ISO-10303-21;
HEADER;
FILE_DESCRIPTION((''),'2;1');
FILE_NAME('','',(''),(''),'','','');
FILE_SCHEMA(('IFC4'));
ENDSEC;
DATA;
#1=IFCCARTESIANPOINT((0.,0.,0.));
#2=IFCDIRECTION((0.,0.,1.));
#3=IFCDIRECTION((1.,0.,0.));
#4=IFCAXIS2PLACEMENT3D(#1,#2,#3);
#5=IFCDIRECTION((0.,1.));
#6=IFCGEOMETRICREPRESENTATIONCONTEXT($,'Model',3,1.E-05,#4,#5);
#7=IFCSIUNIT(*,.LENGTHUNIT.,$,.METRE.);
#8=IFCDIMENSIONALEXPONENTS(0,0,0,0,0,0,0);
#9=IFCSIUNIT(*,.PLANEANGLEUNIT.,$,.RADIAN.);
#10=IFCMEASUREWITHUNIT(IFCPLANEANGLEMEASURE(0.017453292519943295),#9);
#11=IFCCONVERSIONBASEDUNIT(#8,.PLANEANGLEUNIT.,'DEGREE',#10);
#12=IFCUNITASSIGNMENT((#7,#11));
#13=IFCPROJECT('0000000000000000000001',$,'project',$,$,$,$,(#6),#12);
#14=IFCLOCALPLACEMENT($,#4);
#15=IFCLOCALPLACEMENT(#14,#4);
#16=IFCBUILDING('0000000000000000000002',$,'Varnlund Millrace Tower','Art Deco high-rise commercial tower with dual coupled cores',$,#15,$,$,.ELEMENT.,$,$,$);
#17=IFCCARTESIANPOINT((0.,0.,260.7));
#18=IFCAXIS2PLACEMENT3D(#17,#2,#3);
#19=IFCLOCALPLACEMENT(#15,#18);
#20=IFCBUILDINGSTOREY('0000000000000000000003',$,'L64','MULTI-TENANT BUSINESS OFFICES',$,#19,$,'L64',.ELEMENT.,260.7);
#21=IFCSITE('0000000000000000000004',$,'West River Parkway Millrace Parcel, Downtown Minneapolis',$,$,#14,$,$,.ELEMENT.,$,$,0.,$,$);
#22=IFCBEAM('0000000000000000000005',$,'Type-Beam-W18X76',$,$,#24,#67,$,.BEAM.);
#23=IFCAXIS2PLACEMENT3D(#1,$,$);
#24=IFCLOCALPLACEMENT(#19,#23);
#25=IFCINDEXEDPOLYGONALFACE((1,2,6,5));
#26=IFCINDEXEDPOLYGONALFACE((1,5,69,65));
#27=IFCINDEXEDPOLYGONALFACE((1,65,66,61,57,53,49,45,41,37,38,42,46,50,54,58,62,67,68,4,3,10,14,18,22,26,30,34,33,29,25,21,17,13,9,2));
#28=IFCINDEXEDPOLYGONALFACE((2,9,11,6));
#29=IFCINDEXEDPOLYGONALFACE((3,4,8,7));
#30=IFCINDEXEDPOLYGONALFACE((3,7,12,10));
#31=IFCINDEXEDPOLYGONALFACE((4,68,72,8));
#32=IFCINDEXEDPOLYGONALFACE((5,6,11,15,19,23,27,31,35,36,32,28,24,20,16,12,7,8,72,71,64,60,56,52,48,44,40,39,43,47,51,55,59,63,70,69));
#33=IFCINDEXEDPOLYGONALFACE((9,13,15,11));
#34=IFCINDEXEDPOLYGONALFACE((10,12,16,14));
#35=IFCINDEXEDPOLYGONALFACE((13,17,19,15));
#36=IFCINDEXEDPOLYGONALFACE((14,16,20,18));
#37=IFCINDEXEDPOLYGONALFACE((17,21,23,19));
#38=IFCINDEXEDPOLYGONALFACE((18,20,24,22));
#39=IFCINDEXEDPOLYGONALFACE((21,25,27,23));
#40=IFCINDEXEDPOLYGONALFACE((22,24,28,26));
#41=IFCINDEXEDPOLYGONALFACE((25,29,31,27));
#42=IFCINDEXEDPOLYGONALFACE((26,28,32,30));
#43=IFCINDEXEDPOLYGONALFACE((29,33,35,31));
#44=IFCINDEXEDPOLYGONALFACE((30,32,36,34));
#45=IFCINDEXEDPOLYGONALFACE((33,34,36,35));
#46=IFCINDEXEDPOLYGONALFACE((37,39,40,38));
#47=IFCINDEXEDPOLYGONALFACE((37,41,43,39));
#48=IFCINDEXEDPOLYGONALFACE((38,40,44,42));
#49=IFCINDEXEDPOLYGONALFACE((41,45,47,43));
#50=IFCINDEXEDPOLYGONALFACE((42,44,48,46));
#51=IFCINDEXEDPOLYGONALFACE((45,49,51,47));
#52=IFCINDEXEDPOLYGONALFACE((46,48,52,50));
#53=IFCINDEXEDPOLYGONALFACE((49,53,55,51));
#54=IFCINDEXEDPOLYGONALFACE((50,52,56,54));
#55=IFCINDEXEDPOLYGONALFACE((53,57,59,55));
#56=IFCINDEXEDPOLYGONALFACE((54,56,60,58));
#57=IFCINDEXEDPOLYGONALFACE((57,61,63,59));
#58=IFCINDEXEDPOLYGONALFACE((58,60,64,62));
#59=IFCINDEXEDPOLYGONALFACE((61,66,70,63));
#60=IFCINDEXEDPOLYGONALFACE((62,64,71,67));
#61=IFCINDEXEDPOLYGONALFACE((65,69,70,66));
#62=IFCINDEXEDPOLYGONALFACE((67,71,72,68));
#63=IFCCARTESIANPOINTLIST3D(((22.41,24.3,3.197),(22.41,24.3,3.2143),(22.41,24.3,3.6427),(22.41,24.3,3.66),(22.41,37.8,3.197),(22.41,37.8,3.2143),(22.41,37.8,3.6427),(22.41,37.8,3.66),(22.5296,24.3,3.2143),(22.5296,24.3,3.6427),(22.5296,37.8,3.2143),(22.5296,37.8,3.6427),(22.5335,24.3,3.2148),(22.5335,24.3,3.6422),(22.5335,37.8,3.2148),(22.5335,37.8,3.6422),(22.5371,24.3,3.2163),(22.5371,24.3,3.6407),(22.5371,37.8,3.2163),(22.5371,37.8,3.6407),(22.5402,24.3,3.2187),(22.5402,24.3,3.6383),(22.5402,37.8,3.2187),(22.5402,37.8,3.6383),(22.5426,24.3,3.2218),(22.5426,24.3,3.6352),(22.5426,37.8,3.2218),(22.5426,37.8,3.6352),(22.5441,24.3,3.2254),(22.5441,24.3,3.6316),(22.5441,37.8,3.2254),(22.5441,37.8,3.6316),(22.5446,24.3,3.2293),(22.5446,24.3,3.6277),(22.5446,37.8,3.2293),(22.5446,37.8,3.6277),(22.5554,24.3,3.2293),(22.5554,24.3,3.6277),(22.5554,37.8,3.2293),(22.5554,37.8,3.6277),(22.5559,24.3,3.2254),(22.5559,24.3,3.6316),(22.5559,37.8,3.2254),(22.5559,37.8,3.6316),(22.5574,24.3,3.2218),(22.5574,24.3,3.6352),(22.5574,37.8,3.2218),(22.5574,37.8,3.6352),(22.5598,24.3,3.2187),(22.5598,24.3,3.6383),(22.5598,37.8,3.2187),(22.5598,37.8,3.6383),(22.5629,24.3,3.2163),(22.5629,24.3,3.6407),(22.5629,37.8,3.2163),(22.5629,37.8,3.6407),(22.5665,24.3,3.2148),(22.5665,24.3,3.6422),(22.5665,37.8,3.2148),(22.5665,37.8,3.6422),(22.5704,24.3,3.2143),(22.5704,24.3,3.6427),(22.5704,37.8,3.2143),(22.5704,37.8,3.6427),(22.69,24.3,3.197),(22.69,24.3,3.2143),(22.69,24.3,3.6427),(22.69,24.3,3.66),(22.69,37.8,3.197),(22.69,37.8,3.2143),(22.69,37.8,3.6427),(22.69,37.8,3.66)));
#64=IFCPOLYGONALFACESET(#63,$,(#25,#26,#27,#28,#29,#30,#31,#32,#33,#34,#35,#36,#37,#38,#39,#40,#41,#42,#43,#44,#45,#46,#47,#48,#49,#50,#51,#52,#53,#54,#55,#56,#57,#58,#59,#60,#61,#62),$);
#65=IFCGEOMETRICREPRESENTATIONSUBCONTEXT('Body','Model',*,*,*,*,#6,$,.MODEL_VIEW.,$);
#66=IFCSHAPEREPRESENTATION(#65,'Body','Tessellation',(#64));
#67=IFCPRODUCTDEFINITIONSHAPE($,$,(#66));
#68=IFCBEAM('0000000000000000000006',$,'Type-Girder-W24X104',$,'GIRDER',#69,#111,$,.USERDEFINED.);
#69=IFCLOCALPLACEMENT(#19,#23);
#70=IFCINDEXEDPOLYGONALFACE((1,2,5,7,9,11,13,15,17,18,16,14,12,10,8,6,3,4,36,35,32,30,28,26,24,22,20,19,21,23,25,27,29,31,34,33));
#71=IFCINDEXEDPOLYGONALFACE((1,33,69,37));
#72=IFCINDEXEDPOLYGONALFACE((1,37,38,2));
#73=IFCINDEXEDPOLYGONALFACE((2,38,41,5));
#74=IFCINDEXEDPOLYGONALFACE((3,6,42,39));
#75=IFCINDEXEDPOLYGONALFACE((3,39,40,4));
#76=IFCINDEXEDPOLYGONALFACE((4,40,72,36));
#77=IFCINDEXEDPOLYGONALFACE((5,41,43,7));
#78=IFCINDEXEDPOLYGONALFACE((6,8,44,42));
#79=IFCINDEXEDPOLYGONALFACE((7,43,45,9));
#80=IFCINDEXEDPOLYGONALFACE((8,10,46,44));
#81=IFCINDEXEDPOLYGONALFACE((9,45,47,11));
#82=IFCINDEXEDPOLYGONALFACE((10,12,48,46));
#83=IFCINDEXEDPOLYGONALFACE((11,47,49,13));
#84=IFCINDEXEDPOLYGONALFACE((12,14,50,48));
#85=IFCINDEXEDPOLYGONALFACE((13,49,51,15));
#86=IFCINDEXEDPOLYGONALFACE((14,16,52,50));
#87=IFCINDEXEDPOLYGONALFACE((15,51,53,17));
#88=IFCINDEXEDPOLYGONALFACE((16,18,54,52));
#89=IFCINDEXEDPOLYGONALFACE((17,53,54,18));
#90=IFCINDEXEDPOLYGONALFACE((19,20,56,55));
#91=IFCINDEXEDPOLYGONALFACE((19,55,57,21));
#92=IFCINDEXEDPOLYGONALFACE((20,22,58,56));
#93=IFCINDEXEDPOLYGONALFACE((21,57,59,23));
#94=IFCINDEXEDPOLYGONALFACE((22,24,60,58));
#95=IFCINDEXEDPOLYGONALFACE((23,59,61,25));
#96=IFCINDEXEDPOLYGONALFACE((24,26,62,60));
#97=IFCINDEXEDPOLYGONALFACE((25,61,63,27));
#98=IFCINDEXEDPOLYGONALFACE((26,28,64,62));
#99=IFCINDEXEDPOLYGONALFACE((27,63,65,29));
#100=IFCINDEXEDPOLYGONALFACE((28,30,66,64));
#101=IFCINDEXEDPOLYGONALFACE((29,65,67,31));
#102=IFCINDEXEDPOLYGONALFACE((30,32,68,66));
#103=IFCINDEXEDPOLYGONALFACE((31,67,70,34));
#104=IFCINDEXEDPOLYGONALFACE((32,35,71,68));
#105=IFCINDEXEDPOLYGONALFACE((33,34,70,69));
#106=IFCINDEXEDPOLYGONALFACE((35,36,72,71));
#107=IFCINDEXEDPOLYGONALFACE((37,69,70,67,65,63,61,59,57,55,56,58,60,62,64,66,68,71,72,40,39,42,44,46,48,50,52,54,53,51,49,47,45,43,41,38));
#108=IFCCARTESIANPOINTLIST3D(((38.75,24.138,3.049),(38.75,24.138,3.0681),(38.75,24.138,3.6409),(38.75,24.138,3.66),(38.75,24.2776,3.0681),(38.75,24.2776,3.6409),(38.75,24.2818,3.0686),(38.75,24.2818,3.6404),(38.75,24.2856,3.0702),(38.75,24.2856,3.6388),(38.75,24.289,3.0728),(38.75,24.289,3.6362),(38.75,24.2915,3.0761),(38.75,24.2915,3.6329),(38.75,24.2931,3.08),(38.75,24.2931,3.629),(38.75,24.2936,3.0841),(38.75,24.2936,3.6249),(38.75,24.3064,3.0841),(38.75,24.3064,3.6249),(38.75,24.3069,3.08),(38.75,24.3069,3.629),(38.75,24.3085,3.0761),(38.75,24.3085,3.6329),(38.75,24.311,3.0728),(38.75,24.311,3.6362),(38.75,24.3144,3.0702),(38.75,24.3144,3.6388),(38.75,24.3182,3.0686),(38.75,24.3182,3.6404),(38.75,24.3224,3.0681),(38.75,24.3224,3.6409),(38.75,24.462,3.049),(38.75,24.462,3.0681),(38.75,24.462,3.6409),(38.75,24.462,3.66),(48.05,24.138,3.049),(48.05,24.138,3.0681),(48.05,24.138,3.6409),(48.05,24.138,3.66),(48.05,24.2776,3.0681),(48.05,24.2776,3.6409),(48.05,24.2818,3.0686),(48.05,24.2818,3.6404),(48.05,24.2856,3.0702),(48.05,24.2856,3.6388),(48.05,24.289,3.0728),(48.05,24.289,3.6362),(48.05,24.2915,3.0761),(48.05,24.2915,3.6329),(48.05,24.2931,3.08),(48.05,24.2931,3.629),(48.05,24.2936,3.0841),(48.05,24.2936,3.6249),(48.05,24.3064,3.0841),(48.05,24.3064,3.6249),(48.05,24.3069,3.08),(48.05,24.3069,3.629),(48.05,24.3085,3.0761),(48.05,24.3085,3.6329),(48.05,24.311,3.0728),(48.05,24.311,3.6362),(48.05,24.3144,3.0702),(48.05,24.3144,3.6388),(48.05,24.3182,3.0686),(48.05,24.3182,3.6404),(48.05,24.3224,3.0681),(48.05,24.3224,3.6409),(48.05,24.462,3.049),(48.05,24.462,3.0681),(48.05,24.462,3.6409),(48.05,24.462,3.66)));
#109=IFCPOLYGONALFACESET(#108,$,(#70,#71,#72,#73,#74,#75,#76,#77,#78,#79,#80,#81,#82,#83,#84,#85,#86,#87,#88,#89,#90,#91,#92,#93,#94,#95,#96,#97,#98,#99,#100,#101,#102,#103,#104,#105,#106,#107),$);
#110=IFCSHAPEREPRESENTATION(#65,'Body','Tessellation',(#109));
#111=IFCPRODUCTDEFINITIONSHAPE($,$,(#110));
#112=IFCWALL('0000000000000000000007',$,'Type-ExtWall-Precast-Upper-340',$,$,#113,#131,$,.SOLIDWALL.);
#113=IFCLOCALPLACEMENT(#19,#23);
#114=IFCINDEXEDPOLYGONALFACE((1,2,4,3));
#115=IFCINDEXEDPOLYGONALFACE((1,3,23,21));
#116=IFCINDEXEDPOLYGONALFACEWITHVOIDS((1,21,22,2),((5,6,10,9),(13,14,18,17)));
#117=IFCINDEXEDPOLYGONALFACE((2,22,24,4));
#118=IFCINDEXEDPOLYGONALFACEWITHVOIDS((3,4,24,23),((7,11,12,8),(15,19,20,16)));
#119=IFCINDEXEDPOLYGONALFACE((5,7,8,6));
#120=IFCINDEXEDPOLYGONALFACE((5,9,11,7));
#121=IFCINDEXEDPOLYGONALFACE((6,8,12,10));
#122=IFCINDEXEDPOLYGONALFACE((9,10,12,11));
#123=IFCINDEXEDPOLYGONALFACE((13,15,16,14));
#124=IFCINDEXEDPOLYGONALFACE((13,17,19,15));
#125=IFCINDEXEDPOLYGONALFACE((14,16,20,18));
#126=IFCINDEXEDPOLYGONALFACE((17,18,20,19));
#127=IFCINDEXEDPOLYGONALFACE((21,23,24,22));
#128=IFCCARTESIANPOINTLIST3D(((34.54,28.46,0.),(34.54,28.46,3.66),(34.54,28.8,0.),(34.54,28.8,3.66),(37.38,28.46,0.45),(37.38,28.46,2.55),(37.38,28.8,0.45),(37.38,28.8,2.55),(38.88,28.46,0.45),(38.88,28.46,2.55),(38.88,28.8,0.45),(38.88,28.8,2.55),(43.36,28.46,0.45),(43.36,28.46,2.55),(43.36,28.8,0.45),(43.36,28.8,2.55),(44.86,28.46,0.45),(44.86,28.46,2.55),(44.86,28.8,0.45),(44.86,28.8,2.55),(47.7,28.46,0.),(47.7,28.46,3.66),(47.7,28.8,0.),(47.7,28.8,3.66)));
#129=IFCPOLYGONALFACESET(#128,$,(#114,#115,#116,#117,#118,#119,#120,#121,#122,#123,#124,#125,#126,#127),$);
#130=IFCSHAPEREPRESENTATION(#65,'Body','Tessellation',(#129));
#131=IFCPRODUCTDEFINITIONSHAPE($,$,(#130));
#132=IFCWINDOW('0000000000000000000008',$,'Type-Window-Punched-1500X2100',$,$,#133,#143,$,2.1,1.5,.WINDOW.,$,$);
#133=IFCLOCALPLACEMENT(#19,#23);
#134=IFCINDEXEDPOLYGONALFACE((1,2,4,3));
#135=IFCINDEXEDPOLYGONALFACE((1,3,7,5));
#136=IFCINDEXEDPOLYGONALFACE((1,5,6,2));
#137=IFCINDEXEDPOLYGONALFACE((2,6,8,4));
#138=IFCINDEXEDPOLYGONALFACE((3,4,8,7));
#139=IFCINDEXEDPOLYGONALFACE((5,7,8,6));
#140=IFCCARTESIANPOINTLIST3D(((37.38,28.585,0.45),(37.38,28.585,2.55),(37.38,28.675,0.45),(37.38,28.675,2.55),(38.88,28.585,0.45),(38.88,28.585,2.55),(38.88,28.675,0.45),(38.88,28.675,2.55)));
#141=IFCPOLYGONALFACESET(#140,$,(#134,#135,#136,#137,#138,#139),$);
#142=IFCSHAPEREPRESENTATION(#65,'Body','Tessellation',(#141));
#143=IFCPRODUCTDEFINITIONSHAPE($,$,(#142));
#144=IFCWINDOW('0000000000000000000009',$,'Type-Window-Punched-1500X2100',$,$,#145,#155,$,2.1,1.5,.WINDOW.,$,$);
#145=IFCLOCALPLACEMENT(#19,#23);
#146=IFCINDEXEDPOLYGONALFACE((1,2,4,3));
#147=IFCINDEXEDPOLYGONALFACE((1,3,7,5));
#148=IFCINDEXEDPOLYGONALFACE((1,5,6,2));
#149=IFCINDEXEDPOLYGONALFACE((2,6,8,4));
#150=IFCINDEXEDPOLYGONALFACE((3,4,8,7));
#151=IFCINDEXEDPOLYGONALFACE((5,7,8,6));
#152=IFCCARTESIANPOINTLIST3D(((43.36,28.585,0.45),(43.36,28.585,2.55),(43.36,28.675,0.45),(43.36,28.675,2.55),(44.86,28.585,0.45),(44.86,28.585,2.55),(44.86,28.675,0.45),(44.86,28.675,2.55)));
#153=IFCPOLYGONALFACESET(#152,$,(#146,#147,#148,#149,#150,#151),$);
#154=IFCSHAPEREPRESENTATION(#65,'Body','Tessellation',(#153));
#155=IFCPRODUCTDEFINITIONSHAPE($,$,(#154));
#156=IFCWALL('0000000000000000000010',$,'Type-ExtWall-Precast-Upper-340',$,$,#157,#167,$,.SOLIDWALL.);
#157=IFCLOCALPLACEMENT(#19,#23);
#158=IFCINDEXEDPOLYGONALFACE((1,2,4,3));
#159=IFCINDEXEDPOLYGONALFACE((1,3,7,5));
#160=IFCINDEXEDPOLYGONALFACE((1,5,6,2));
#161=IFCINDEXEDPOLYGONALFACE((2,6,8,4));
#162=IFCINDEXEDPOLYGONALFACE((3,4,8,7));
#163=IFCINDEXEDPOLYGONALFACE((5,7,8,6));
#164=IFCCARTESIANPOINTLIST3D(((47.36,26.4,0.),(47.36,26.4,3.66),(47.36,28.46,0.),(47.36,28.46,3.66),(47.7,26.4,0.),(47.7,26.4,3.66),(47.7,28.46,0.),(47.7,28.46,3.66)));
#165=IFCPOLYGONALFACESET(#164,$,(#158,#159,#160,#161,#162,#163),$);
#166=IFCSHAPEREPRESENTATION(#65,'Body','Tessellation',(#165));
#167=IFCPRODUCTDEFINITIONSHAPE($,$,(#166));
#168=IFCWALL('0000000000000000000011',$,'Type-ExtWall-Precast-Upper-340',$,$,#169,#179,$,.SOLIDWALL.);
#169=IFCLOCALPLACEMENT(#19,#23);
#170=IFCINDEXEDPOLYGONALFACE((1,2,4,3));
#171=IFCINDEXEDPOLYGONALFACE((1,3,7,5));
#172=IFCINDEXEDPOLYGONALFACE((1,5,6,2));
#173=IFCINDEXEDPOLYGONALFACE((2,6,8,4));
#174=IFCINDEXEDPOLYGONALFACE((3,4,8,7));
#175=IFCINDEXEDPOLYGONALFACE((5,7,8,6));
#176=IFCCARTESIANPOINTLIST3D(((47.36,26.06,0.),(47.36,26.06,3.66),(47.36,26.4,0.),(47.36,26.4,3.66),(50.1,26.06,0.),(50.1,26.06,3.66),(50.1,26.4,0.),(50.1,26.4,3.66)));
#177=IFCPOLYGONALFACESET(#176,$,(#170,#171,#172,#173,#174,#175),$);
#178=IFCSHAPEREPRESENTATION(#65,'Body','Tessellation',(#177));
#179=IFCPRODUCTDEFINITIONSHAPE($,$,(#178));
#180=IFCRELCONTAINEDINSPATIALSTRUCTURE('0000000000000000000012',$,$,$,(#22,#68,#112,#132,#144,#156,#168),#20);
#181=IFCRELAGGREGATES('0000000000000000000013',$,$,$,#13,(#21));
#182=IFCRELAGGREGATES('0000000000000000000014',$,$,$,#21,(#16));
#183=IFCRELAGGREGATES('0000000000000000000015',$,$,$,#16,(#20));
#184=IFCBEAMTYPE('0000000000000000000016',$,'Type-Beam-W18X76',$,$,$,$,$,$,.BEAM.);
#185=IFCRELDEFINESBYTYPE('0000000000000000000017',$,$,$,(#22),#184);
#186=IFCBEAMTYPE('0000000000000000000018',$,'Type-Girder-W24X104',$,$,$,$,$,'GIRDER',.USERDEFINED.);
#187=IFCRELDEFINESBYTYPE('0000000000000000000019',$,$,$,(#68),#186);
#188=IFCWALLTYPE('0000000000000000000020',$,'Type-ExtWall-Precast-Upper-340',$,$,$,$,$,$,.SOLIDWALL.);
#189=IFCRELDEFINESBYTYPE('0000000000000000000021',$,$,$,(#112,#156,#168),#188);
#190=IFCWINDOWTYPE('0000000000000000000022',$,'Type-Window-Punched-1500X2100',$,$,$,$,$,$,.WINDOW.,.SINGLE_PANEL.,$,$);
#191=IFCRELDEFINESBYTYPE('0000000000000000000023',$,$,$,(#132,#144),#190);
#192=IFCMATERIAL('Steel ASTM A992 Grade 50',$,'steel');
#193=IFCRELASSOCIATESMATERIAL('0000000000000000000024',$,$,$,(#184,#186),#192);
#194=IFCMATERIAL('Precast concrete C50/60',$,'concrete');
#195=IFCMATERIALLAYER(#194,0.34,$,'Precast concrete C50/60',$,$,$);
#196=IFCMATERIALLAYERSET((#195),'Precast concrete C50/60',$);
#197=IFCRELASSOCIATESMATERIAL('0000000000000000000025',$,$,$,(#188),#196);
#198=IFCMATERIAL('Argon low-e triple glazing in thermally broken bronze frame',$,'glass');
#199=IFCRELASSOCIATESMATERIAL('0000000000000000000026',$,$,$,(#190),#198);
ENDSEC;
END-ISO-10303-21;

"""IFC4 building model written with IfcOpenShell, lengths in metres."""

from ifc_helpers import new_model, entity, si_unit, converted_unit, direction, frame, origin_with_axes, origin_2d_with_axis, place, context, subcontext, project, spatial, polyline, rectangle, i_section, outline, extrude, material, layer, layer_set, material_profile, profile_set, type_object, element, fill, save


model = new_model("IFC4")

# Units and contexts
model_context = context("Model", 3, precision=1e-05, world=origin_with_axes(), true_north=direction((0.0, 1.0)))
body_context = subcontext(model_context, "Body", "Model", "MODEL_VIEW")
ifc_project = project(units=[si_unit("LENGTHUNIT", "METRE"), converted_unit("PLANEANGLEUNIT", "DEGREE", entity("IfcPlaneAngleMeasure", 0.017453292519943295), si_unit("PLANEANGLEUNIT", "RADIAN"), dimensions=[0, 0, 0, 0, 0, 0, 0])], contexts=[model_context])

# Site, building, storey
site_placement = place(None, origin_with_axes())
site = spatial("IfcSite", under=ifc_project, at=site_placement, Name="West River Parkway Millrace Parcel, Downtown Minneapolis", CompositionType="ELEMENT", RefElevation=0.0)
building_placement = place(site_placement, origin_with_axes())
building = spatial("IfcBuilding", under=site, at=building_placement, Name="Varnlund Millrace Tower", Description="Art Deco high-rise commercial tower with dual coupled cores", CompositionType="ELEMENT")
storey_placement = place(building_placement, frame((0.0, 0.0, 260.7), z_axis=(0.0, 0.0, 1.0), x_axis=(1.0, 0.0, 0.0)))
storey = spatial("IfcBuildingStorey", under=building, at=storey_placement, Name="L64", Description="MULTI-TENANT BUSINESS OFFICES", LongName="L64", CompositionType="ELEMENT", Elevation=260.7)

# Beams
ifc_material_1 = material(Name="Steel ASTM A992 Grade 50", Category="steel")
ifc_material_profile_1 = material_profile(ifc_material_1, i_section(OverallWidth=0.28, OverallDepth=0.463, WebThickness=0.0108, FlangeThickness=0.0173, FilletRadius=0.015, at=origin_2d_with_axis()), Name="Steel ASTM A992 Grade 50")
ifc_profile_set_1 = profile_set([ifc_material_profile_1], Name="Steel ASTM A992 Grade 50")
beam_type_1 = type_object("IfcBeamType", Name="Type-Beam-W18X76", PredefinedType="BEAM", material=ifc_profile_set_1)
beam_1_placement = place(storey_placement, frame((22.55, 24.3, 3.4285), z_axis=(0.0, 1.0, 0.0), x_axis=(-1.0, 0.0, 0.0)))
element("IfcBeam", 1, at=beam_1_placement, inside=storey, type_object=beam_type_1, Name="Type-Beam-W18X76", PredefinedType="BEAM", context=body_context, shape_type="SweptSolid", body=[
    extrude(i_section(OverallWidth=0.28, OverallDepth=0.463, WebThickness=0.0108, FlangeThickness=0.0173, FilletRadius=0.015, at=origin_2d_with_axis()), origin_with_axes(), (0.0, 0.0, 1.0), 13.5),
])
ifc_material_profile_2 = material_profile(ifc_material_1, i_section(OverallWidth=0.324, OverallDepth=0.611, WebThickness=0.0127, FlangeThickness=0.0191, FilletRadius=0.016, at=origin_2d_with_axis()), Name="Steel ASTM A992 Grade 50")
ifc_profile_set_2 = profile_set([ifc_material_profile_2], Name="Steel ASTM A992 Grade 50")
beam_type_2 = type_object("IfcBeamType", Name="Type-Girder-W24X104", ElementType="GIRDER", PredefinedType="USERDEFINED", material=ifc_profile_set_2)
beam_2_placement = place(storey_placement, frame((38.75, 24.3, 3.3545), z_axis=(1.0, 0.0, 0.0), x_axis=(0.0, 1.0, 0.0)))
element("IfcBeam", 2, at=beam_2_placement, inside=storey, type_object=beam_type_2, Name="Type-Girder-W24X104", ObjectType="GIRDER", PredefinedType="USERDEFINED", context=body_context, shape_type="SweptSolid", body=[
    extrude(i_section(OverallWidth=0.324, OverallDepth=0.611, WebThickness=0.0127, FlangeThickness=0.0191, FilletRadius=0.016, at=origin_2d_with_axis()), origin_with_axes(), (0.0, 0.0, 1.0), 9.3),
])

# Wall, openings, windows
ifc_material_2 = material(Name="Precast concrete C50/60", Category="concrete")
ifc_layer_1 = layer(ifc_material_2, 0.34, Name="Precast concrete C50/60")
ifc_layer_set_1 = layer_set([ifc_layer_1], Name="Precast concrete C50/60")
wall_type_1 = type_object("IfcWallType", Name="Type-ExtWall-Precast-Upper-340", PredefinedType="SOLIDWALL", material=ifc_layer_set_1)
wall_1_placement = place(storey_placement, frame((34.54, 28.63, 0.0), z_axis=(0.0, 0.0, 1.0), x_axis=(1.0, 0.0, 0.0)))
wall_1 = element("IfcWall", 3, at=wall_1_placement, inside=storey, type_object=wall_type_1, Name="Type-ExtWall-Precast-Upper-340", PredefinedType="SOLIDWALL", context=body_context, shape_type="SweptSolid", body=[
    extrude(outline(polyline([(0.0, -0.17), (13.16, -0.17), (13.16, 0.17), (0.0, 0.17), (0.0, -0.17)])), origin_with_axes(), (0.0, 0.0, 1.0), 3.66),
])
opening_1_placement = place(wall_1_placement, frame((3.59, 0.0, 0.45), z_axis=(0.0, 0.0, 1.0), x_axis=(1.0, 0.0, 0.0)))
opening_1 = element("IfcOpeningElement", 4, at=opening_1_placement, cuts=wall_1, PredefinedType="OPENING", context=body_context, shape_type="SweptSolid", body=[
    extrude(rectangle(XDim=1.5, YDim=0.36, at=origin_2d_with_axis()), origin_with_axes(), (0.0, 0.0, 1.0), 2.1),
])
opening_2_placement = place(wall_1_placement, frame((9.57, 0.0, 0.45), z_axis=(0.0, 0.0, 1.0), x_axis=(1.0, 0.0, 0.0)))
opening_2 = element("IfcOpeningElement", 5, at=opening_2_placement, cuts=wall_1, PredefinedType="OPENING", context=body_context, shape_type="SweptSolid", body=[
    extrude(rectangle(XDim=1.5, YDim=0.36, at=origin_2d_with_axis()), origin_with_axes(), (0.0, 0.0, 1.0), 2.1),
])
ifc_material_3 = material(Name="Argon low-e triple glazing in thermally broken bronze frame", Category="glass")
window_type = type_object("IfcWindowType", Name="Type-Window-Punched-1500X2100", PartitioningType="SINGLE_PANEL", PredefinedType="WINDOW", material=ifc_material_3)
window_1_placement = place(wall_1_placement, frame((3.59, 0.0, 0.45), z_axis=(0.0, 0.0, 1.0), x_axis=(1.0, 0.0, 0.0)))
window_1 = element("IfcWindow", 6, at=window_1_placement, inside=storey, type_object=window_type, Name="Type-Window-Punched-1500X2100", OverallHeight=2.1, OverallWidth=1.5, PredefinedType="WINDOW", context=body_context, shape_type="SweptSolid", body=[
    extrude(rectangle(XDim=1.5, YDim=0.09, at=origin_2d_with_axis()), origin_with_axes(), (0.0, 0.0, 1.0), 2.1),
])
fill(opening_1, window_1)
window_2_placement = place(wall_1_placement, frame((9.57, 0.0, 0.45), z_axis=(0.0, 0.0, 1.0), x_axis=(1.0, 0.0, 0.0)))
window_2 = element("IfcWindow", 7, at=window_2_placement, inside=storey, type_object=window_type, Name="Type-Window-Punched-1500X2100", OverallHeight=2.1, OverallWidth=1.5, PredefinedType="WINDOW", context=body_context, shape_type="SweptSolid", body=[
    extrude(rectangle(XDim=1.5, YDim=0.09, at=origin_2d_with_axis()), origin_with_axes(), (0.0, 0.0, 1.0), 2.1),
])
fill(opening_2, window_2)

# Walls
wall_2_placement = place(storey_placement, frame((47.53, 28.46, 0.0), z_axis=(0.0, 0.0, 1.0), x_axis=(0.0, -1.0, 0.0)))
element("IfcWall", 8, at=wall_2_placement, inside=storey, type_object=wall_type_1, Name="Type-ExtWall-Precast-Upper-340", PredefinedType="SOLIDWALL", context=body_context, shape_type="SweptSolid", body=[
    extrude(outline(polyline([(0.0, -0.17), (2.06, -0.17), (2.06, 0.17), (0.0, 0.17), (0.0, -0.17)])), origin_with_axes(), (0.0, 0.0, 1.0), 3.66),
])
wall_3_placement = place(storey_placement, frame((47.36, 26.23, 0.0), z_axis=(0.0, 0.0, 1.0), x_axis=(1.0, 0.0, 0.0)))
element("IfcWall", 9, at=wall_3_placement, inside=storey, type_object=wall_type_1, Name="Type-ExtWall-Precast-Upper-340", PredefinedType="SOLIDWALL", context=body_context, shape_type="SweptSolid", body=[
    extrude(outline(polyline([(0.0, -0.17), (2.74, -0.17), (2.74, 0.17), (0.0, 0.17), (0.0, -0.17)])), origin_with_axes(), (0.0, 0.0, 1.0), 3.66),
])

save(model, "model.ifc")
